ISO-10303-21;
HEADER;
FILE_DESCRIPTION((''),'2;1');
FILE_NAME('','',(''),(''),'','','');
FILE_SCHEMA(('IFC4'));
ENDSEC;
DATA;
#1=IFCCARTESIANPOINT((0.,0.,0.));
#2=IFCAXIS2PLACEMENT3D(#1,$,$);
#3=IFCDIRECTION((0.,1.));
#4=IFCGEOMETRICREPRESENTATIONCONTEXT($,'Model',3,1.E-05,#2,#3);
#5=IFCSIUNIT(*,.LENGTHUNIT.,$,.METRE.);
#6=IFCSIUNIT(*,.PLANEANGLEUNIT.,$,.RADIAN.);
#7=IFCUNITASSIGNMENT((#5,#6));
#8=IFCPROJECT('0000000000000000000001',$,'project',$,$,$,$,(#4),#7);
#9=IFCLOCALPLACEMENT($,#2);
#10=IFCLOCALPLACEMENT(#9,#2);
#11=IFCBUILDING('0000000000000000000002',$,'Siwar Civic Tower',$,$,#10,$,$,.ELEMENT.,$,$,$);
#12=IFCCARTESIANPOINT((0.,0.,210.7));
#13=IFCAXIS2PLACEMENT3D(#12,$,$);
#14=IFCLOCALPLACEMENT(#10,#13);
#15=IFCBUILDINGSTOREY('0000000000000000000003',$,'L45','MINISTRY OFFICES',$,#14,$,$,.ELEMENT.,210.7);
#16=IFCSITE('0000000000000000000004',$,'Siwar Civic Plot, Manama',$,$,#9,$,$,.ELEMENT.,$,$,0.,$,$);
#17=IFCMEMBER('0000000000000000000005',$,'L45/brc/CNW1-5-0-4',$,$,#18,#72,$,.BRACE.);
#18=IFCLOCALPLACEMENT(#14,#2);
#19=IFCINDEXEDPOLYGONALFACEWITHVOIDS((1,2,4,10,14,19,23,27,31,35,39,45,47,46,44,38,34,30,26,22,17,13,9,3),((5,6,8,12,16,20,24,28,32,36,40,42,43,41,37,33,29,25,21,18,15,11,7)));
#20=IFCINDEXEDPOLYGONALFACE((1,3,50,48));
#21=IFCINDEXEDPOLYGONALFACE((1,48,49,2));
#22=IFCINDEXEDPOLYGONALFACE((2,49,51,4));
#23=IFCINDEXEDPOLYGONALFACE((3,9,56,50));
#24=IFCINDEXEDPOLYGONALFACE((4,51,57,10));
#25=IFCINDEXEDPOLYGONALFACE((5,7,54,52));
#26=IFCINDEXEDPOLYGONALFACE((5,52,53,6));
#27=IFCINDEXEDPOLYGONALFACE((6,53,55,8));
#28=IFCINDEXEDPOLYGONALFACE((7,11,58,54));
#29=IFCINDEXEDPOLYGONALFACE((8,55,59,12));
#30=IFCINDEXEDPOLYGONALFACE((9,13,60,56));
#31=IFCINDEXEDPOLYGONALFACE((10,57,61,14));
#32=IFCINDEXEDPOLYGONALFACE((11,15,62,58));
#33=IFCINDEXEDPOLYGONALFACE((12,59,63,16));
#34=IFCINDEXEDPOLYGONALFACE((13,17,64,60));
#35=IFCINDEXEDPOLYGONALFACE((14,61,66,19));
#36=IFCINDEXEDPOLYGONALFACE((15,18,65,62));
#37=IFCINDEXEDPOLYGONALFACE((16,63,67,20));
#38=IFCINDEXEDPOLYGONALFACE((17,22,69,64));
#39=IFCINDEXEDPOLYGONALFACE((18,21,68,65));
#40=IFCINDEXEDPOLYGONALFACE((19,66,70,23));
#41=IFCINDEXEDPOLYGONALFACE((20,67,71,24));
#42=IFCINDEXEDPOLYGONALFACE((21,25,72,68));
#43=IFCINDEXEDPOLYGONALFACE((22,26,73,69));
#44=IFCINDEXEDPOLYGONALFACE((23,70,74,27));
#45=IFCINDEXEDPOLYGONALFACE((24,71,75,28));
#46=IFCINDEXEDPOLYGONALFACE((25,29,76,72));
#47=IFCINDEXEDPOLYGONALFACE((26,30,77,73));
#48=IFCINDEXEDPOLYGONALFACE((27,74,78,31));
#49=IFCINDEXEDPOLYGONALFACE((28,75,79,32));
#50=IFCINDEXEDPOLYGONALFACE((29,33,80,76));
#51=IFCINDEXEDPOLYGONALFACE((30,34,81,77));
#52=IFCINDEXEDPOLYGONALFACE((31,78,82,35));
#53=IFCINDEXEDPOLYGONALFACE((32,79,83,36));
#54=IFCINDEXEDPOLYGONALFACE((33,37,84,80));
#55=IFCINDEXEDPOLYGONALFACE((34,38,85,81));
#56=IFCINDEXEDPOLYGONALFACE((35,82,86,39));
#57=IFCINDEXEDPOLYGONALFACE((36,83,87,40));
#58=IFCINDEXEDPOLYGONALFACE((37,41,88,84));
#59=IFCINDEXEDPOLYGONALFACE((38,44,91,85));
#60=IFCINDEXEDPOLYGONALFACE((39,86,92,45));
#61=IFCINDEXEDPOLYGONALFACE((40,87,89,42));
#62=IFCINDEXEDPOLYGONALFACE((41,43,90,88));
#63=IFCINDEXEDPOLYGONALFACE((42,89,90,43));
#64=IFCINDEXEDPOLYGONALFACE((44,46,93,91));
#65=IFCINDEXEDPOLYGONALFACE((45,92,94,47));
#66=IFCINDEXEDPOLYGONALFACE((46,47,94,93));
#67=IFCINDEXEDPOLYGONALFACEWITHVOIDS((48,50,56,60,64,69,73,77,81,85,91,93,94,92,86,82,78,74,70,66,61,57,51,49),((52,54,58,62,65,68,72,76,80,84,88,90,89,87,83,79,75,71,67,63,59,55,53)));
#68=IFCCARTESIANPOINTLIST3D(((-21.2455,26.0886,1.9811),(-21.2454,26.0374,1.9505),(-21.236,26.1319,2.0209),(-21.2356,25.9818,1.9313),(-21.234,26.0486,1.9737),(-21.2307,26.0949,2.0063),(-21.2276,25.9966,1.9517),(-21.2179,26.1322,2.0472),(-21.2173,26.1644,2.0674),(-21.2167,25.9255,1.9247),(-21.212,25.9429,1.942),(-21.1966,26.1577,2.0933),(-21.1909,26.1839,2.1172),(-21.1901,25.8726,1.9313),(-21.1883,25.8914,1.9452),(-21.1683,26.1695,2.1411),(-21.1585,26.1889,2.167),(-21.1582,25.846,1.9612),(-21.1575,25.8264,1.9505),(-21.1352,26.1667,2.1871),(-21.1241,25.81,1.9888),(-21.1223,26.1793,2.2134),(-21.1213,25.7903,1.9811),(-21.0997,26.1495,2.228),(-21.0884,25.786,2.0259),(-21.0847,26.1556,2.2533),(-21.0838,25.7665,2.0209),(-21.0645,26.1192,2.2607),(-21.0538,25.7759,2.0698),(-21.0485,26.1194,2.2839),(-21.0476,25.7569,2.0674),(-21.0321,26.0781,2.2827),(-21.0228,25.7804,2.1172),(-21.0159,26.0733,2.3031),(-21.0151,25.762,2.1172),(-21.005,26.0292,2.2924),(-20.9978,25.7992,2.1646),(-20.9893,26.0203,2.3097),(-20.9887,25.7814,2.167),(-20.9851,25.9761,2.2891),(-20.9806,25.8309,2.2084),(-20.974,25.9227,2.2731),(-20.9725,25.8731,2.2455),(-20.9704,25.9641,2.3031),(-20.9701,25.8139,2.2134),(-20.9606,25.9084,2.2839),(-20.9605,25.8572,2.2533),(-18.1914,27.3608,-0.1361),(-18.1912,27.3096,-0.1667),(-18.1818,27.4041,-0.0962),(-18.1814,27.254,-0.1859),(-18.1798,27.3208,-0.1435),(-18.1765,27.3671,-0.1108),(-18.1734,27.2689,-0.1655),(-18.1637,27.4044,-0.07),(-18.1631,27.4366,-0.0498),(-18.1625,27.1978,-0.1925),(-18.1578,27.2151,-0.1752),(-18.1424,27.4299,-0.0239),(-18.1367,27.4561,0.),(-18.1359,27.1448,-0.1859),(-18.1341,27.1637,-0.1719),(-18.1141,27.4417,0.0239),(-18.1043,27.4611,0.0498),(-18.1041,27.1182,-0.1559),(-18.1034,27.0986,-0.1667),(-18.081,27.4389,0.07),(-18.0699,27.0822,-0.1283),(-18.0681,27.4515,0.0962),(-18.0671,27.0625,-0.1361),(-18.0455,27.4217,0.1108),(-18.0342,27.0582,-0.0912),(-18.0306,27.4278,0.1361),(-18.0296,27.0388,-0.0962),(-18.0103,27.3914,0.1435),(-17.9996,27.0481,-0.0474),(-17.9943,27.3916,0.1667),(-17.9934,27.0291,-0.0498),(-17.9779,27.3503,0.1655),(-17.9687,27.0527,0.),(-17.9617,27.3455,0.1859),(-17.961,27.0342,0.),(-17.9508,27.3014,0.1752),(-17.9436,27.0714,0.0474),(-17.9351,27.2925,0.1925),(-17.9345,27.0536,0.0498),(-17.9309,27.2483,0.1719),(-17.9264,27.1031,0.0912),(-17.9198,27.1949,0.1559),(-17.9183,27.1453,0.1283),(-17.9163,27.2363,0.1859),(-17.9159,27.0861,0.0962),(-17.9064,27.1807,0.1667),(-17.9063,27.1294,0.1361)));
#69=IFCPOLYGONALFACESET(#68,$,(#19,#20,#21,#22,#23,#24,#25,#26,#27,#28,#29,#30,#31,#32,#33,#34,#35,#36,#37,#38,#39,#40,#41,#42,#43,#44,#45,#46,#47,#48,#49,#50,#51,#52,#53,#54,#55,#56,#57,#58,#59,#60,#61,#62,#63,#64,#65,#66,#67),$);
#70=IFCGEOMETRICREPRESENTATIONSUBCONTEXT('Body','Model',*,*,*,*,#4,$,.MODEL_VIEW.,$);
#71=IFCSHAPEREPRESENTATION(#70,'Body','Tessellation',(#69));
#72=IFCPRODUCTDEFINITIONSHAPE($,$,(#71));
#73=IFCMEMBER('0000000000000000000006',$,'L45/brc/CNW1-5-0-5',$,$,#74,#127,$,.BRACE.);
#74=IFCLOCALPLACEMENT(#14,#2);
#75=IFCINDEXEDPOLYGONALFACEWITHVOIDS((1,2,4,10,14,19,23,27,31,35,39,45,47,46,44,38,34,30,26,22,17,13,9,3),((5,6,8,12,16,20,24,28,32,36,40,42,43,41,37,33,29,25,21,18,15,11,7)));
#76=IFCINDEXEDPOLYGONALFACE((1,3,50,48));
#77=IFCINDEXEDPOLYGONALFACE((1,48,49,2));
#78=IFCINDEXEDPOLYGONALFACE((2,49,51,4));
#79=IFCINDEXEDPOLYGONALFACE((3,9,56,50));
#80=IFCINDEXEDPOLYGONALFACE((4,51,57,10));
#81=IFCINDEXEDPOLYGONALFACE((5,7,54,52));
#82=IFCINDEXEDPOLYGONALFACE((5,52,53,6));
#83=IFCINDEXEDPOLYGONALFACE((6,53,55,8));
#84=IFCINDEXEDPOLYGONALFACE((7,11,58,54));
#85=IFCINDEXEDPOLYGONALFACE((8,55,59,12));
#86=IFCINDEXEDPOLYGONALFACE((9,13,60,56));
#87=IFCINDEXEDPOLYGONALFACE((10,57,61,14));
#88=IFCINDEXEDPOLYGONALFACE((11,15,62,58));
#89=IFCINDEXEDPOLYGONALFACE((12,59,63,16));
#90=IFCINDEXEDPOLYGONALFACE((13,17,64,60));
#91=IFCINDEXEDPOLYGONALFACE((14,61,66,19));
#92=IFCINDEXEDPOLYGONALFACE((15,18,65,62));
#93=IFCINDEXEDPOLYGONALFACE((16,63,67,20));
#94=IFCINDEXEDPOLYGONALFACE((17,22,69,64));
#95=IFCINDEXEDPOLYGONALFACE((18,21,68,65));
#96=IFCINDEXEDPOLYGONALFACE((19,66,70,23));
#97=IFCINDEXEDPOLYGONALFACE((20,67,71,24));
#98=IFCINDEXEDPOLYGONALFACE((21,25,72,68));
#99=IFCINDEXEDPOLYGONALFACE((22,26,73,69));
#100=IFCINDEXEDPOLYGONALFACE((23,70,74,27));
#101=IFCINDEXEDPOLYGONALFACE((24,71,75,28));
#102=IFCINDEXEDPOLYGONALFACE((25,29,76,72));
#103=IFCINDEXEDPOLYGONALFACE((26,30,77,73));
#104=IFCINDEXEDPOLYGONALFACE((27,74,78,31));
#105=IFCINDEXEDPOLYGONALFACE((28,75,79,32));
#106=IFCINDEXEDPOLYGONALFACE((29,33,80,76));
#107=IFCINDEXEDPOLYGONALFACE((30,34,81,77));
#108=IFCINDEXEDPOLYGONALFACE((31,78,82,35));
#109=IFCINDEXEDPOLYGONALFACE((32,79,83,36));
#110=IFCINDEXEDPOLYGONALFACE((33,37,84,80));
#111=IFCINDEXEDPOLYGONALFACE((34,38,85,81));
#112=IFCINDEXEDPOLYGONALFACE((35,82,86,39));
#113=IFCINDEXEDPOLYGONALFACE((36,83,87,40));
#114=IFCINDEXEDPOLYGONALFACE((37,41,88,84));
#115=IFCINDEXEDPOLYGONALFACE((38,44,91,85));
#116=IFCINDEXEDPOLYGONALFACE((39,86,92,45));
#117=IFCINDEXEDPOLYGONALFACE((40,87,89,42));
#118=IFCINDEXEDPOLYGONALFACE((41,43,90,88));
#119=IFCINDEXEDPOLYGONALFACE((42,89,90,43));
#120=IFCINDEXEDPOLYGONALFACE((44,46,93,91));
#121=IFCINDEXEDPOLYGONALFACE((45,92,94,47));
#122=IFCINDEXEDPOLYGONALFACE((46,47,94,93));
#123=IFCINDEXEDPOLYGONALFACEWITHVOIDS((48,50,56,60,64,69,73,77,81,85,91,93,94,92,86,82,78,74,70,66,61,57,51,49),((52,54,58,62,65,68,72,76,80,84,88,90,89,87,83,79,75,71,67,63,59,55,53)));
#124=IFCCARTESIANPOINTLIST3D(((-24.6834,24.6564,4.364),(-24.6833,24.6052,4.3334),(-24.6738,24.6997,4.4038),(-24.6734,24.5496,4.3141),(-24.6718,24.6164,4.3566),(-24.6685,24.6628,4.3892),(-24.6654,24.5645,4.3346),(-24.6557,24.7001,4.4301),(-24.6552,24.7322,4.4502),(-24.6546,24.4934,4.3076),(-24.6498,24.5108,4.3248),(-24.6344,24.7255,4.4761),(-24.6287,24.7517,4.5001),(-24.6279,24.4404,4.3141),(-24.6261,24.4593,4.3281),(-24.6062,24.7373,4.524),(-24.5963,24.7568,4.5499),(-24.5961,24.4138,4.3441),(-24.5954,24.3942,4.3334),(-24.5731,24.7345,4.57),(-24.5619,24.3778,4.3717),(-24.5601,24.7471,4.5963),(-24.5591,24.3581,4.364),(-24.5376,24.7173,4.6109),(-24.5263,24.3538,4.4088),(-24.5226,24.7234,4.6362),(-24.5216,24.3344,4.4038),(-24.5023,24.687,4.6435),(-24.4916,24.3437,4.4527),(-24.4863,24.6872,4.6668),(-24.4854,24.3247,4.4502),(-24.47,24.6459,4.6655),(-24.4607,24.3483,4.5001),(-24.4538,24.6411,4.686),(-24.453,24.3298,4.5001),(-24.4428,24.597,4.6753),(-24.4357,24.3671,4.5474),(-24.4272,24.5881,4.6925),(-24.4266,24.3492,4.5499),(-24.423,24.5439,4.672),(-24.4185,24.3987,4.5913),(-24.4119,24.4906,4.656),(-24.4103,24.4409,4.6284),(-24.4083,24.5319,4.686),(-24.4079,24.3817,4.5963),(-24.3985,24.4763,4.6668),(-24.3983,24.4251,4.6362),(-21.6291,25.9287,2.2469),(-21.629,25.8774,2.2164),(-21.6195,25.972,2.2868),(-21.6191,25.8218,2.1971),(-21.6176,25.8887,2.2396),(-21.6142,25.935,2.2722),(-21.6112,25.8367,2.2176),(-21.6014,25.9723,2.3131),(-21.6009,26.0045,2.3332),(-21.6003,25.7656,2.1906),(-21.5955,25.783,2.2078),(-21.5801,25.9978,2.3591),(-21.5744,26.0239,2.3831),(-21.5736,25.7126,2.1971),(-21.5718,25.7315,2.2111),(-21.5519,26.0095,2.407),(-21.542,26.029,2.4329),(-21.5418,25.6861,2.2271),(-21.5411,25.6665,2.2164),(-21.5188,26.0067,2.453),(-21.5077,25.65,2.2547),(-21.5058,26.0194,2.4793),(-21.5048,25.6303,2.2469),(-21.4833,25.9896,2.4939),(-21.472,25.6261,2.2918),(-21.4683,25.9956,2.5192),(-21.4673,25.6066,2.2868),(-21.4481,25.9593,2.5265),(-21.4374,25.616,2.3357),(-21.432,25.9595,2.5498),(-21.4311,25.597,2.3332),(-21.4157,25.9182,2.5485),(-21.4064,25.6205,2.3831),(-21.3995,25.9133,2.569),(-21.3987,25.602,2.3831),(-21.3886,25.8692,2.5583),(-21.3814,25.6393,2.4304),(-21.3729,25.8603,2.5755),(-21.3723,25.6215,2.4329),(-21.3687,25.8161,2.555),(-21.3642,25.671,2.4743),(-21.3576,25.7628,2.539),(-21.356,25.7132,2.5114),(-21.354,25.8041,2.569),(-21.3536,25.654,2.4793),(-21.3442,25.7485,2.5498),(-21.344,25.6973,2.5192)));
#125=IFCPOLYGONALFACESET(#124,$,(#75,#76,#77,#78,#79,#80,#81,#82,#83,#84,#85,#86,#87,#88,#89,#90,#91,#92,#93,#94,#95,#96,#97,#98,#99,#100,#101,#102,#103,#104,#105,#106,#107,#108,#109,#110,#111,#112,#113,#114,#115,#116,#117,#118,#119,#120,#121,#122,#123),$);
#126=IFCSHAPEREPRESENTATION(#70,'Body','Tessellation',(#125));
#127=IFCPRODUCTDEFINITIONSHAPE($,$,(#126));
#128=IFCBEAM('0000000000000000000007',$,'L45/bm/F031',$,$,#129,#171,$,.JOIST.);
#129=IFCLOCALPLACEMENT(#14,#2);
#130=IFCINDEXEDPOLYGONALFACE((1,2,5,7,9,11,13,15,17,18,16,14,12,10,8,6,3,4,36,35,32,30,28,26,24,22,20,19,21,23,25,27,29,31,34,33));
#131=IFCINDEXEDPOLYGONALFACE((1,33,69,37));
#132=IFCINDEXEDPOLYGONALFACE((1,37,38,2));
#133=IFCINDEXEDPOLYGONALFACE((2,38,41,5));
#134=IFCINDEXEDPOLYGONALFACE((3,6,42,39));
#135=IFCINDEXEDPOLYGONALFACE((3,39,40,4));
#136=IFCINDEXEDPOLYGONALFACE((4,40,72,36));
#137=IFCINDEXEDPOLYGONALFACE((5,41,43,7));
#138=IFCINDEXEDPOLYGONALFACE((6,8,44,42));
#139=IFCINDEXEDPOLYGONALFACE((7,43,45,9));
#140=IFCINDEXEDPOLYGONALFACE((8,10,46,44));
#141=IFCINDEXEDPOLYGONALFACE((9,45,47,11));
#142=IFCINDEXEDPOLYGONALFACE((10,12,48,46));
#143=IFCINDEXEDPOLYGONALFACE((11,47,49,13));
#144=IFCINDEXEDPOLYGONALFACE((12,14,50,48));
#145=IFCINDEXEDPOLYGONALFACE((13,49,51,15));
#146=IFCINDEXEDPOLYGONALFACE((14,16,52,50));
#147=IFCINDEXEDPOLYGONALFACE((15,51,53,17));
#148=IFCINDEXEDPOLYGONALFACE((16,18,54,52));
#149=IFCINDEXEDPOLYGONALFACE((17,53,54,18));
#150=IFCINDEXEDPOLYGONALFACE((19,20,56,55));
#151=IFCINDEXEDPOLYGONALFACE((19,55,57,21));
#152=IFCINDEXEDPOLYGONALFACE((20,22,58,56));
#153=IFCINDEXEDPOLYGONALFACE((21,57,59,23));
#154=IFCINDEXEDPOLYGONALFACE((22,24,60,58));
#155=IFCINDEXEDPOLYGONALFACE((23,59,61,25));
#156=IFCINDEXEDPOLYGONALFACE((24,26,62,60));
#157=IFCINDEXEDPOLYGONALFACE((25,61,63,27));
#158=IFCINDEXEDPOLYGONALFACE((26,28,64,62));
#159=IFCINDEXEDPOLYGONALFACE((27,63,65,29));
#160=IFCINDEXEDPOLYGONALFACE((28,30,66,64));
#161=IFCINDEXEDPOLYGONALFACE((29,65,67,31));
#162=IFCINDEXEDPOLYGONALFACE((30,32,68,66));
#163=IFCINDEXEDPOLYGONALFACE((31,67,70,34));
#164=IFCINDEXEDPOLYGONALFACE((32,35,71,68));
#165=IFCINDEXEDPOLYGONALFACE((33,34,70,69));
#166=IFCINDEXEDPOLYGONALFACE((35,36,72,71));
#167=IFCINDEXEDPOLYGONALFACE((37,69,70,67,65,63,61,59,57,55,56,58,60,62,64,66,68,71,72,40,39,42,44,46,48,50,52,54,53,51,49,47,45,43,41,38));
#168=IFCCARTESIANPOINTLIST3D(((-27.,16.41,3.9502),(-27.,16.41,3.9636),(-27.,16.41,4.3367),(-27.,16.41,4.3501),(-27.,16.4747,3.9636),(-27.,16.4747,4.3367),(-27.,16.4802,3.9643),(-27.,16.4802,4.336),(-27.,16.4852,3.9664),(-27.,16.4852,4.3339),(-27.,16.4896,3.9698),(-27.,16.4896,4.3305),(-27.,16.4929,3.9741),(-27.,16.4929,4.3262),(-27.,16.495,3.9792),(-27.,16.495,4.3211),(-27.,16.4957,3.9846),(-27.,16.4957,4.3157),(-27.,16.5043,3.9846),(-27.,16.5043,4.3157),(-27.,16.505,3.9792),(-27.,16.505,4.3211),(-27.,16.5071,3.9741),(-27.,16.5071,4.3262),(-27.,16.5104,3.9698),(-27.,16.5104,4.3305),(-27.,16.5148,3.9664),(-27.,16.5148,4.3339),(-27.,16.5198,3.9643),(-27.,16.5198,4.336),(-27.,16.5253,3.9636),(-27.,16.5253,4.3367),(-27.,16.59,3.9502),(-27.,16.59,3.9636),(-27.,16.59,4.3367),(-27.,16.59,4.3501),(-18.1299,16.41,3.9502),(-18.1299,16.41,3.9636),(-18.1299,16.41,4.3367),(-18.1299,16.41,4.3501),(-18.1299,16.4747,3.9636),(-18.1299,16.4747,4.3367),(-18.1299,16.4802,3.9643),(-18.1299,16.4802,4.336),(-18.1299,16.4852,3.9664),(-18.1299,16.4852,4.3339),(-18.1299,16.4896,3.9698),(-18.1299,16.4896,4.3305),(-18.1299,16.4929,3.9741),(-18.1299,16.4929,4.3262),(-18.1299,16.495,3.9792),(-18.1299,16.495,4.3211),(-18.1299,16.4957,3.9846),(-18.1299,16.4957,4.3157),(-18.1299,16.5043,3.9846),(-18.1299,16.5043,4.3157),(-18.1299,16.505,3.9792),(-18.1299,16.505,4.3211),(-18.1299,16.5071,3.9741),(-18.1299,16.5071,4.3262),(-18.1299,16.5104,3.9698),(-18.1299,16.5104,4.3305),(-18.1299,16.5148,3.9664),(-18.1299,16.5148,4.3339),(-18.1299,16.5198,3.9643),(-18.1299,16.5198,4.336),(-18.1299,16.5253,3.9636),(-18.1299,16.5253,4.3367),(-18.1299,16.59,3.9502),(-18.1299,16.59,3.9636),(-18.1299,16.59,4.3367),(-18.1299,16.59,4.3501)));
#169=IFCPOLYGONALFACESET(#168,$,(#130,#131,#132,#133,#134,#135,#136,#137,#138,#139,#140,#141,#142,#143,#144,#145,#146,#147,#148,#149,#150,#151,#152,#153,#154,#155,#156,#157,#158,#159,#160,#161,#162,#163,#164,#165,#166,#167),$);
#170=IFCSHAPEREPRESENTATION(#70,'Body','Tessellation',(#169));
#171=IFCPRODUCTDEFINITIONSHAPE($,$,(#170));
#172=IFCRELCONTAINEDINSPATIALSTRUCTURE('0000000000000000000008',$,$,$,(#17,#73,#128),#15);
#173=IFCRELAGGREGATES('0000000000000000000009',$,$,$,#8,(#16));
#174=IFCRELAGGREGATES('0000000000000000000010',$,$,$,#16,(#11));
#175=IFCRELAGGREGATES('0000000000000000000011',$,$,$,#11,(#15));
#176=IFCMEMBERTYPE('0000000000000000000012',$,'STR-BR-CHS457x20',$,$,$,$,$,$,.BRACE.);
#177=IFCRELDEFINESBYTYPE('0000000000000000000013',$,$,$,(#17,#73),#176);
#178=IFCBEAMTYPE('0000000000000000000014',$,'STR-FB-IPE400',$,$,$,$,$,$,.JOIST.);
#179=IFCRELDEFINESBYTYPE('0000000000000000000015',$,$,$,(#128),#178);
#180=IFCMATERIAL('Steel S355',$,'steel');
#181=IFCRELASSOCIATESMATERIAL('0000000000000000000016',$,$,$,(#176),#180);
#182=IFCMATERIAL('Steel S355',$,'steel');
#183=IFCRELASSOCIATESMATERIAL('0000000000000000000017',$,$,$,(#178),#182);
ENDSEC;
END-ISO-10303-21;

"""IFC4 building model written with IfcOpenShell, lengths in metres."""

from ifc_helpers import new_model, si_unit, direction, frame, origin, origin_2d, place, context, subcontext, project, spatial, hollow_circle, i_section, extrude, material, material_profile, profile_set, type_object, element, save


model = new_model("IFC4")

# Units and contexts
model_context = context("Model", 3, precision=1e-05, world=origin(), true_north=direction((0.0, 1.0)))
body_context = subcontext(model_context, "Body", "Model", "MODEL_VIEW")
ifc_project = project(units=[si_unit("LENGTHUNIT", "METRE"), si_unit("PLANEANGLEUNIT", "RADIAN")], contexts=[model_context])

# Site, building, storey
site_placement = place(None, origin())
site = spatial("IfcSite", under=ifc_project, at=site_placement, Name="Siwar Civic Plot, Manama", CompositionType="ELEMENT", RefElevation=0.0)
building_placement = place(site_placement, origin())
building = spatial("IfcBuilding", under=site, at=building_placement, Name="Siwar Civic Tower", CompositionType="ELEMENT")
storey_placement = place(building_placement, frame((0.0, 0.0, 210.7)))
storey = spatial("IfcBuildingStorey", under=building, at=storey_placement, Name="L45", Description="MINISTRY OFFICES", CompositionType="ELEMENT", Elevation=210.7)

# Members
ifc_material_1 = material(Name="Steel S355", Category="steel")
ifc_material_profile_1 = material_profile(ifc_material_1, hollow_circle(Radius=0.2285, WallThickness=0.02, at=origin_2d()), Name="CHS457x20")
ifc_profile_set_1 = profile_set([ifc_material_profile_1], Name="Steel S355")
member_type_1 = type_object("IfcMemberType", Name="STR-BR-CHS457x20", PredefinedType="BRACE", material=ifc_profile_set_1)
for number, where, z_axis, x_axis, name in (
    (1, (-18.0488, 27.2451, 0.0), (-0.777546, -0.323884, 0.538999), (0.384521, -0.923116, 0.0), "L45/brc/CNW1-5-0-4"),
    (2, (-21.4866, 25.813, 2.3831), (-0.777572, -0.323895, 0.538955), (0.384521, -0.923116, 0.0), "L45/brc/CNW1-5-0-5"),
):
    element("IfcMember", number, at=place(storey_placement, frame(where, z_axis=z_axis, x_axis=x_axis)), inside=storey, type_object=member_type_1, Name=name, PredefinedType="BRACE", context=body_context, shape_type="SweptSolid", body=[
        extrude(hollow_circle(Radius=0.2285, WallThickness=0.02, at=origin_2d()), origin(), (0.0, 0.0, 1.0), 3.928),
    ])

# Beam
ifc_material_2 = material(Name="Steel S355", Category="steel")
ifc_material_profile_2 = material_profile(ifc_material_2, i_section(OverallWidth=0.1799, OverallDepth=0.3999, WebThickness=0.0085, FlangeThickness=0.0134, FilletRadius=0.021, at=origin_2d()), Name="IPE400")
ifc_profile_set_2 = profile_set([ifc_material_profile_2], Name="Steel S355")
beam_type_1 = type_object("IfcBeamType", Name="STR-FB-IPE400", PredefinedType="JOIST", material=ifc_profile_set_2)
beam_1_placement = place(storey_placement, frame((-27.0, 16.5, 4.1501), z_axis=(1.0, 0.0, 0.0), x_axis=(0.0, 1.0, 0.0)))
element("IfcBeam", 3, at=beam_1_placement, inside=storey, type_object=beam_type_1, Name="L45/bm/F031", PredefinedType="JOIST", context=body_context, shape_type="SweptSolid", body=[
    extrude(i_section(OverallWidth=0.1799, OverallDepth=0.3999, WebThickness=0.0085, FlangeThickness=0.0134, FilletRadius=0.021, at=origin_2d()), origin(), (0.0, 0.0, 1.0), 8.8701),
])

save(model, "model.ifc")
